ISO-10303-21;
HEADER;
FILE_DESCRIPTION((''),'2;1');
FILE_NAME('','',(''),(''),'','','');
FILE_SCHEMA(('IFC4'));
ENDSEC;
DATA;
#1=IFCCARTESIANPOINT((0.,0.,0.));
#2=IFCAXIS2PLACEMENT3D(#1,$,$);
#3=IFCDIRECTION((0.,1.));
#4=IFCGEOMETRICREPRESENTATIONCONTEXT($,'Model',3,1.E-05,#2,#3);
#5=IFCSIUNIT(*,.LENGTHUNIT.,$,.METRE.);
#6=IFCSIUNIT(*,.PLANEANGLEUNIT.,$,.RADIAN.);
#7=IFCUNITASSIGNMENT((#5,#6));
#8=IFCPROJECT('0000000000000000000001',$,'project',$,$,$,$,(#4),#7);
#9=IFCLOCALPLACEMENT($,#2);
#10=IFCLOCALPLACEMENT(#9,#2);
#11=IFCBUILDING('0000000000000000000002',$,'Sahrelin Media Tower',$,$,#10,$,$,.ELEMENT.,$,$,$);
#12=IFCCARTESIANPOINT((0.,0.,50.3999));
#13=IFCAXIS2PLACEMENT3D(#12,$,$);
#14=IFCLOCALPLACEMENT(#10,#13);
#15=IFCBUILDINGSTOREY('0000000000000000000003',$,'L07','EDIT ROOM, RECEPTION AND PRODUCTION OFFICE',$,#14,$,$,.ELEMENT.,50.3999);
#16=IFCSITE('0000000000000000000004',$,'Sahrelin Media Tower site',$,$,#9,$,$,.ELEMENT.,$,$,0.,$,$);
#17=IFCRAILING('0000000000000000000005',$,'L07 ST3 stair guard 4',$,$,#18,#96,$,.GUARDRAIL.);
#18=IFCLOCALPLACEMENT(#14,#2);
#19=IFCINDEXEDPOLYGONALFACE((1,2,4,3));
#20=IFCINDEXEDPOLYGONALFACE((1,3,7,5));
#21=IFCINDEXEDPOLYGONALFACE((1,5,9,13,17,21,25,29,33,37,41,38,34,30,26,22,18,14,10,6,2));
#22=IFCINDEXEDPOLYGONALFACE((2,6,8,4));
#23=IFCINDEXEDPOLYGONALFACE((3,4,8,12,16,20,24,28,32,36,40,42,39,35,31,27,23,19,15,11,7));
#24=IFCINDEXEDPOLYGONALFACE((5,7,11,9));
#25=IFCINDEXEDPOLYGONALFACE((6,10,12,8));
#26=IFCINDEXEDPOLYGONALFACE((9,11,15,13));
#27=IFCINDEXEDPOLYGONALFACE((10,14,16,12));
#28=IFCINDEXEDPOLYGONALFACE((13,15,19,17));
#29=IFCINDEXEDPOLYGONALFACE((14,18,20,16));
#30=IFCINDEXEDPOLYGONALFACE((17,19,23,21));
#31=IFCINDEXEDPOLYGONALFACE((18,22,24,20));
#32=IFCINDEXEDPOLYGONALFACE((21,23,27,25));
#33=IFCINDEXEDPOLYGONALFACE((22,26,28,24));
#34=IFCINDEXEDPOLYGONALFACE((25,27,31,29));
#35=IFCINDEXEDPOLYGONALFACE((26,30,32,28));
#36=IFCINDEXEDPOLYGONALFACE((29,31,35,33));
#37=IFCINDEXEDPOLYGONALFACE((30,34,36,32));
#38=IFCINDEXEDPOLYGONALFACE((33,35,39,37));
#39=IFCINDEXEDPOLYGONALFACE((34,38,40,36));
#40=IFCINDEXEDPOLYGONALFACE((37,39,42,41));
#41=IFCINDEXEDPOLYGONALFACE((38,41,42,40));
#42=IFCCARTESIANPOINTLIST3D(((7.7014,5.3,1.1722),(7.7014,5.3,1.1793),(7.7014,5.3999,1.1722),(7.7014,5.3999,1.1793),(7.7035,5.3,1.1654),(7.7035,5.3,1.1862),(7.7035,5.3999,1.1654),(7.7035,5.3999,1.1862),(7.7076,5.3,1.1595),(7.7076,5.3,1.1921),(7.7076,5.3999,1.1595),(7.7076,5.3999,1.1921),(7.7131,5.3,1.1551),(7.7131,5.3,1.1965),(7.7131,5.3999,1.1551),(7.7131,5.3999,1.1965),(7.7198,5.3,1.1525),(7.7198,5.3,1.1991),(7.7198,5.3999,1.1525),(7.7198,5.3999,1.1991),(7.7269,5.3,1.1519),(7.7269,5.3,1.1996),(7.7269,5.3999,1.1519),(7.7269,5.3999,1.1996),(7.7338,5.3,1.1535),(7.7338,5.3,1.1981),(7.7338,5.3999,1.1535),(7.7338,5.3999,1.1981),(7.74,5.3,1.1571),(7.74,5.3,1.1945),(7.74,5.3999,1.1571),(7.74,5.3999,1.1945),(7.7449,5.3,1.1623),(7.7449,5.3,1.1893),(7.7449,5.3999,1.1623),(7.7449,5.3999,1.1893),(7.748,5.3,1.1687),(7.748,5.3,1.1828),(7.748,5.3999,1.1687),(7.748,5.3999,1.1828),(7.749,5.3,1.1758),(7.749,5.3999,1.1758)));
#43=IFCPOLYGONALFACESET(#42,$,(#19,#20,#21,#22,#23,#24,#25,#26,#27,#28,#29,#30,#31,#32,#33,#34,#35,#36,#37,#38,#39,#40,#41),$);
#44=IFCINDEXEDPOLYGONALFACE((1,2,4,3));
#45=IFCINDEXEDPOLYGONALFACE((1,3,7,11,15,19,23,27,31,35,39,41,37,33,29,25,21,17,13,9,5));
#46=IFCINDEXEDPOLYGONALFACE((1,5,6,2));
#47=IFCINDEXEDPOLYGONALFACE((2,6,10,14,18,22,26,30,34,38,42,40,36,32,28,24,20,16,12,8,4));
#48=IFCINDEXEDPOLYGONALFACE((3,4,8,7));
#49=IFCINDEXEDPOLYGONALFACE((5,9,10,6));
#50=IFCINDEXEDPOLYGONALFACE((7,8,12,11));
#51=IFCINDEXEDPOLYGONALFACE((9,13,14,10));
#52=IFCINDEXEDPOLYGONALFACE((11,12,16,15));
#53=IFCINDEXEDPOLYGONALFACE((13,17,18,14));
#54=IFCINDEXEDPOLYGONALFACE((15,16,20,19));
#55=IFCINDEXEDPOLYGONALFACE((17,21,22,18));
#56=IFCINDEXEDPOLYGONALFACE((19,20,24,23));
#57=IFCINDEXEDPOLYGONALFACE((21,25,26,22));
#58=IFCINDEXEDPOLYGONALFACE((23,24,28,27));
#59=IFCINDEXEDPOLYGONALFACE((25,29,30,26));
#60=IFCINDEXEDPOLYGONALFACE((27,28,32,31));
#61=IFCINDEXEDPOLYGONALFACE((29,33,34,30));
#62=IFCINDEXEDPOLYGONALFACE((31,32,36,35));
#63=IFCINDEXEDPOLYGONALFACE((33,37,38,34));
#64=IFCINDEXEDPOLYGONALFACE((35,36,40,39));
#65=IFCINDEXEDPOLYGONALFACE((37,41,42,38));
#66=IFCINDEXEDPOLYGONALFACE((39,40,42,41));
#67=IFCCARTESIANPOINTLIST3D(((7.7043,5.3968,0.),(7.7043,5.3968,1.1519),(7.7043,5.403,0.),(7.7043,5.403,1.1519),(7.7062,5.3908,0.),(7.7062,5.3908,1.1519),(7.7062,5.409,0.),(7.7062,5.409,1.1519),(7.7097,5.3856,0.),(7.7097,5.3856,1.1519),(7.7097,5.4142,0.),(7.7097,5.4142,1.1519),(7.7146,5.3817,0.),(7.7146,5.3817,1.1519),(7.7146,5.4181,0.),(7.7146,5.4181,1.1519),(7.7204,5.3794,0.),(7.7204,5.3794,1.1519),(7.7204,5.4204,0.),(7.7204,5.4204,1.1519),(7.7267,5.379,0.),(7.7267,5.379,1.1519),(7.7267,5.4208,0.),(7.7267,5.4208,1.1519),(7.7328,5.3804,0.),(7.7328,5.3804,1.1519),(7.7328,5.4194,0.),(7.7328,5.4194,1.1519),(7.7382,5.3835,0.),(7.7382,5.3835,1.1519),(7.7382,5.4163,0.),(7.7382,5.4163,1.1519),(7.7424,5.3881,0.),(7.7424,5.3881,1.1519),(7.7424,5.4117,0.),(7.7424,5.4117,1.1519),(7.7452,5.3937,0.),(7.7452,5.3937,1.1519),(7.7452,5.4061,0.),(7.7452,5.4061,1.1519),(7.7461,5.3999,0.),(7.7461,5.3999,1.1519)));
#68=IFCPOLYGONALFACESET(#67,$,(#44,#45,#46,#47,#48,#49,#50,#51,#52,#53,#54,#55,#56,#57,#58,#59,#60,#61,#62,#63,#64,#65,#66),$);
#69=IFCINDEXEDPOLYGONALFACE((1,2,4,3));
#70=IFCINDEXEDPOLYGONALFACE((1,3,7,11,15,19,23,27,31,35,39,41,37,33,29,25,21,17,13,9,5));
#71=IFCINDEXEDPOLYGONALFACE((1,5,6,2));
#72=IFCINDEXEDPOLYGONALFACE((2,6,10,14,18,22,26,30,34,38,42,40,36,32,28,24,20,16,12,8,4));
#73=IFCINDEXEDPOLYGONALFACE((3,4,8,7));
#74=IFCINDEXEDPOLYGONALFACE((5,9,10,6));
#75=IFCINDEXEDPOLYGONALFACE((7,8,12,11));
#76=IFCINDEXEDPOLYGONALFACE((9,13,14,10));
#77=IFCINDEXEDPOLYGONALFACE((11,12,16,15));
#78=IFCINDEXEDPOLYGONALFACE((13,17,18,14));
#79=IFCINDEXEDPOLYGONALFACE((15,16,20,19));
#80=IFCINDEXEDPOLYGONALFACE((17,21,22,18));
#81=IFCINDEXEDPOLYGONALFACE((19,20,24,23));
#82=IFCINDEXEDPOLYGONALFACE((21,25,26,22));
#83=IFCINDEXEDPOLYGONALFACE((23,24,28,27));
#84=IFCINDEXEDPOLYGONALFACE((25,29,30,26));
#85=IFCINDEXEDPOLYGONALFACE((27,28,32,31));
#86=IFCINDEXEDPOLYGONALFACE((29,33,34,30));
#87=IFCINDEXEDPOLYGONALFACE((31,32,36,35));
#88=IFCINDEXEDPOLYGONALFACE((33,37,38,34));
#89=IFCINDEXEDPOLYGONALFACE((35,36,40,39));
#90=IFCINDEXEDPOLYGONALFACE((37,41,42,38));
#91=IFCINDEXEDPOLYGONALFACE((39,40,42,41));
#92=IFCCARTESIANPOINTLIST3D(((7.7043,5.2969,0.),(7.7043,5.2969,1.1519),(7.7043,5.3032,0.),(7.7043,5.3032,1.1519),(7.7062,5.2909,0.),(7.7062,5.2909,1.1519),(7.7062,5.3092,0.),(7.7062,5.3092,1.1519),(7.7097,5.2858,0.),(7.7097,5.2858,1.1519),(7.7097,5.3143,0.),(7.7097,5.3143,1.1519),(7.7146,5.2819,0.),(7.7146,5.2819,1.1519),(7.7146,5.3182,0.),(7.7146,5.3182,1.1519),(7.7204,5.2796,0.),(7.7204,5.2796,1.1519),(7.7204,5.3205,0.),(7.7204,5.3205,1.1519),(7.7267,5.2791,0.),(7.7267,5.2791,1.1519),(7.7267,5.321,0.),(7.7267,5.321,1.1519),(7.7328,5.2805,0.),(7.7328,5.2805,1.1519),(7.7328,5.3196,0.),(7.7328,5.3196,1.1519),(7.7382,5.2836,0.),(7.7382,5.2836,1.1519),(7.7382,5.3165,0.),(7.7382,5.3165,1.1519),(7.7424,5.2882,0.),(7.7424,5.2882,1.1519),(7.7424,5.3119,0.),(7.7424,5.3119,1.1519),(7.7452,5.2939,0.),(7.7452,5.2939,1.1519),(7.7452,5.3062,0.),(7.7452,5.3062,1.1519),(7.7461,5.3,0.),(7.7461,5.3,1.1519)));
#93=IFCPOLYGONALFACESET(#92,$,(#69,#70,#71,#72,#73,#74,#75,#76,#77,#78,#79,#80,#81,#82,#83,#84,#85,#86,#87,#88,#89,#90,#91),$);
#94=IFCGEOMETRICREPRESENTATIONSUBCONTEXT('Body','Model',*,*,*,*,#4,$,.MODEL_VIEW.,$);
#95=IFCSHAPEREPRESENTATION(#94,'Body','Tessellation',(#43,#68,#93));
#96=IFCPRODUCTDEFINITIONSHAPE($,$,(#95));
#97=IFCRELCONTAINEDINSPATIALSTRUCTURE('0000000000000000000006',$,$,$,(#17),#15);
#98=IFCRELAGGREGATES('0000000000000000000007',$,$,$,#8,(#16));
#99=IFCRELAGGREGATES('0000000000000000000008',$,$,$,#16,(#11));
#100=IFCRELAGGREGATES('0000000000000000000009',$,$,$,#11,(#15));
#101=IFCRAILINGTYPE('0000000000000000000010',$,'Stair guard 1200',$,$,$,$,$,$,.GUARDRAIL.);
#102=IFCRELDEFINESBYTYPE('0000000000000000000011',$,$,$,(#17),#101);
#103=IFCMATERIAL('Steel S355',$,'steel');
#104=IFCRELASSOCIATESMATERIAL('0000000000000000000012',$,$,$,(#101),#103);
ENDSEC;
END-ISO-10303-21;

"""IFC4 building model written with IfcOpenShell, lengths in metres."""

from ifc_helpers import new_model, si_unit, direction, frame, origin, origin_2d, place, context, subcontext, project, spatial, circle, extrude, material, type_object, element, save


model = new_model("IFC4")

# Units and contexts
model_context = context("Model", 3, precision=1e-05, world=origin(), true_north=direction((0.0, 1.0)))
body_context = subcontext(model_context, "Body", "Model", "MODEL_VIEW")
ifc_project = project(units=[si_unit("LENGTHUNIT", "METRE"), si_unit("PLANEANGLEUNIT", "RADIAN")], contexts=[model_context])

# Site, building, storey
site_placement = place(None, origin())
site = spatial("IfcSite", under=ifc_project, at=site_placement, Name="Sahrelin Media Tower site", CompositionType="ELEMENT", RefElevation=0.0)
building_placement = place(site_placement, origin())
building = spatial("IfcBuilding", under=site, at=building_placement, Name="Sahrelin Media Tower", CompositionType="ELEMENT")
storey_placement = place(building_placement, frame((0.0, 0.0, 50.3999)))
storey = spatial("IfcBuildingStorey", under=building, at=storey_placement, Name="L07", Description="EDIT ROOM, RECEPTION AND PRODUCTION OFFICE", CompositionType="ELEMENT", Elevation=50.3999)

# Shared definitions
ifc_material_1 = material(Name="Steel S355", Category="steel")

# Railing
railing_type_1 = type_object("IfcRailingType", Name="Stair guard 1200", PredefinedType="GUARDRAIL", material=ifc_material_1)
railing_1_placement = place(storey_placement, frame((7.7251, 5.3999, 0.0)))
element("IfcRailing", 1, at=railing_1_placement, inside=storey, type_object=railing_type_1, Name="L07 ST3 stair guard 4", PredefinedType="GUARDRAIL", context=body_context, shape_type="SweptSolid", body=[
    extrude(circle(Radius=0.0239, at=origin_2d()), frame((0.0, 0.0, 1.1758), z_axis=(0.0, -1.0, 0.0), x_axis=(1.0, 0.0, 0.0)), (0.0, 0.0, 1.0), 0.0999),
    extrude(circle(Radius=0.021, at=origin_2d()), origin(), (0.0, 0.0, 1.0), 1.1519),
    extrude(circle(Radius=0.021, at=origin_2d()), frame((0.0, -0.0999, 0.0)), (0.0, 0.0, 1.0), 1.1519),
])

save(model, "model.ifc")
